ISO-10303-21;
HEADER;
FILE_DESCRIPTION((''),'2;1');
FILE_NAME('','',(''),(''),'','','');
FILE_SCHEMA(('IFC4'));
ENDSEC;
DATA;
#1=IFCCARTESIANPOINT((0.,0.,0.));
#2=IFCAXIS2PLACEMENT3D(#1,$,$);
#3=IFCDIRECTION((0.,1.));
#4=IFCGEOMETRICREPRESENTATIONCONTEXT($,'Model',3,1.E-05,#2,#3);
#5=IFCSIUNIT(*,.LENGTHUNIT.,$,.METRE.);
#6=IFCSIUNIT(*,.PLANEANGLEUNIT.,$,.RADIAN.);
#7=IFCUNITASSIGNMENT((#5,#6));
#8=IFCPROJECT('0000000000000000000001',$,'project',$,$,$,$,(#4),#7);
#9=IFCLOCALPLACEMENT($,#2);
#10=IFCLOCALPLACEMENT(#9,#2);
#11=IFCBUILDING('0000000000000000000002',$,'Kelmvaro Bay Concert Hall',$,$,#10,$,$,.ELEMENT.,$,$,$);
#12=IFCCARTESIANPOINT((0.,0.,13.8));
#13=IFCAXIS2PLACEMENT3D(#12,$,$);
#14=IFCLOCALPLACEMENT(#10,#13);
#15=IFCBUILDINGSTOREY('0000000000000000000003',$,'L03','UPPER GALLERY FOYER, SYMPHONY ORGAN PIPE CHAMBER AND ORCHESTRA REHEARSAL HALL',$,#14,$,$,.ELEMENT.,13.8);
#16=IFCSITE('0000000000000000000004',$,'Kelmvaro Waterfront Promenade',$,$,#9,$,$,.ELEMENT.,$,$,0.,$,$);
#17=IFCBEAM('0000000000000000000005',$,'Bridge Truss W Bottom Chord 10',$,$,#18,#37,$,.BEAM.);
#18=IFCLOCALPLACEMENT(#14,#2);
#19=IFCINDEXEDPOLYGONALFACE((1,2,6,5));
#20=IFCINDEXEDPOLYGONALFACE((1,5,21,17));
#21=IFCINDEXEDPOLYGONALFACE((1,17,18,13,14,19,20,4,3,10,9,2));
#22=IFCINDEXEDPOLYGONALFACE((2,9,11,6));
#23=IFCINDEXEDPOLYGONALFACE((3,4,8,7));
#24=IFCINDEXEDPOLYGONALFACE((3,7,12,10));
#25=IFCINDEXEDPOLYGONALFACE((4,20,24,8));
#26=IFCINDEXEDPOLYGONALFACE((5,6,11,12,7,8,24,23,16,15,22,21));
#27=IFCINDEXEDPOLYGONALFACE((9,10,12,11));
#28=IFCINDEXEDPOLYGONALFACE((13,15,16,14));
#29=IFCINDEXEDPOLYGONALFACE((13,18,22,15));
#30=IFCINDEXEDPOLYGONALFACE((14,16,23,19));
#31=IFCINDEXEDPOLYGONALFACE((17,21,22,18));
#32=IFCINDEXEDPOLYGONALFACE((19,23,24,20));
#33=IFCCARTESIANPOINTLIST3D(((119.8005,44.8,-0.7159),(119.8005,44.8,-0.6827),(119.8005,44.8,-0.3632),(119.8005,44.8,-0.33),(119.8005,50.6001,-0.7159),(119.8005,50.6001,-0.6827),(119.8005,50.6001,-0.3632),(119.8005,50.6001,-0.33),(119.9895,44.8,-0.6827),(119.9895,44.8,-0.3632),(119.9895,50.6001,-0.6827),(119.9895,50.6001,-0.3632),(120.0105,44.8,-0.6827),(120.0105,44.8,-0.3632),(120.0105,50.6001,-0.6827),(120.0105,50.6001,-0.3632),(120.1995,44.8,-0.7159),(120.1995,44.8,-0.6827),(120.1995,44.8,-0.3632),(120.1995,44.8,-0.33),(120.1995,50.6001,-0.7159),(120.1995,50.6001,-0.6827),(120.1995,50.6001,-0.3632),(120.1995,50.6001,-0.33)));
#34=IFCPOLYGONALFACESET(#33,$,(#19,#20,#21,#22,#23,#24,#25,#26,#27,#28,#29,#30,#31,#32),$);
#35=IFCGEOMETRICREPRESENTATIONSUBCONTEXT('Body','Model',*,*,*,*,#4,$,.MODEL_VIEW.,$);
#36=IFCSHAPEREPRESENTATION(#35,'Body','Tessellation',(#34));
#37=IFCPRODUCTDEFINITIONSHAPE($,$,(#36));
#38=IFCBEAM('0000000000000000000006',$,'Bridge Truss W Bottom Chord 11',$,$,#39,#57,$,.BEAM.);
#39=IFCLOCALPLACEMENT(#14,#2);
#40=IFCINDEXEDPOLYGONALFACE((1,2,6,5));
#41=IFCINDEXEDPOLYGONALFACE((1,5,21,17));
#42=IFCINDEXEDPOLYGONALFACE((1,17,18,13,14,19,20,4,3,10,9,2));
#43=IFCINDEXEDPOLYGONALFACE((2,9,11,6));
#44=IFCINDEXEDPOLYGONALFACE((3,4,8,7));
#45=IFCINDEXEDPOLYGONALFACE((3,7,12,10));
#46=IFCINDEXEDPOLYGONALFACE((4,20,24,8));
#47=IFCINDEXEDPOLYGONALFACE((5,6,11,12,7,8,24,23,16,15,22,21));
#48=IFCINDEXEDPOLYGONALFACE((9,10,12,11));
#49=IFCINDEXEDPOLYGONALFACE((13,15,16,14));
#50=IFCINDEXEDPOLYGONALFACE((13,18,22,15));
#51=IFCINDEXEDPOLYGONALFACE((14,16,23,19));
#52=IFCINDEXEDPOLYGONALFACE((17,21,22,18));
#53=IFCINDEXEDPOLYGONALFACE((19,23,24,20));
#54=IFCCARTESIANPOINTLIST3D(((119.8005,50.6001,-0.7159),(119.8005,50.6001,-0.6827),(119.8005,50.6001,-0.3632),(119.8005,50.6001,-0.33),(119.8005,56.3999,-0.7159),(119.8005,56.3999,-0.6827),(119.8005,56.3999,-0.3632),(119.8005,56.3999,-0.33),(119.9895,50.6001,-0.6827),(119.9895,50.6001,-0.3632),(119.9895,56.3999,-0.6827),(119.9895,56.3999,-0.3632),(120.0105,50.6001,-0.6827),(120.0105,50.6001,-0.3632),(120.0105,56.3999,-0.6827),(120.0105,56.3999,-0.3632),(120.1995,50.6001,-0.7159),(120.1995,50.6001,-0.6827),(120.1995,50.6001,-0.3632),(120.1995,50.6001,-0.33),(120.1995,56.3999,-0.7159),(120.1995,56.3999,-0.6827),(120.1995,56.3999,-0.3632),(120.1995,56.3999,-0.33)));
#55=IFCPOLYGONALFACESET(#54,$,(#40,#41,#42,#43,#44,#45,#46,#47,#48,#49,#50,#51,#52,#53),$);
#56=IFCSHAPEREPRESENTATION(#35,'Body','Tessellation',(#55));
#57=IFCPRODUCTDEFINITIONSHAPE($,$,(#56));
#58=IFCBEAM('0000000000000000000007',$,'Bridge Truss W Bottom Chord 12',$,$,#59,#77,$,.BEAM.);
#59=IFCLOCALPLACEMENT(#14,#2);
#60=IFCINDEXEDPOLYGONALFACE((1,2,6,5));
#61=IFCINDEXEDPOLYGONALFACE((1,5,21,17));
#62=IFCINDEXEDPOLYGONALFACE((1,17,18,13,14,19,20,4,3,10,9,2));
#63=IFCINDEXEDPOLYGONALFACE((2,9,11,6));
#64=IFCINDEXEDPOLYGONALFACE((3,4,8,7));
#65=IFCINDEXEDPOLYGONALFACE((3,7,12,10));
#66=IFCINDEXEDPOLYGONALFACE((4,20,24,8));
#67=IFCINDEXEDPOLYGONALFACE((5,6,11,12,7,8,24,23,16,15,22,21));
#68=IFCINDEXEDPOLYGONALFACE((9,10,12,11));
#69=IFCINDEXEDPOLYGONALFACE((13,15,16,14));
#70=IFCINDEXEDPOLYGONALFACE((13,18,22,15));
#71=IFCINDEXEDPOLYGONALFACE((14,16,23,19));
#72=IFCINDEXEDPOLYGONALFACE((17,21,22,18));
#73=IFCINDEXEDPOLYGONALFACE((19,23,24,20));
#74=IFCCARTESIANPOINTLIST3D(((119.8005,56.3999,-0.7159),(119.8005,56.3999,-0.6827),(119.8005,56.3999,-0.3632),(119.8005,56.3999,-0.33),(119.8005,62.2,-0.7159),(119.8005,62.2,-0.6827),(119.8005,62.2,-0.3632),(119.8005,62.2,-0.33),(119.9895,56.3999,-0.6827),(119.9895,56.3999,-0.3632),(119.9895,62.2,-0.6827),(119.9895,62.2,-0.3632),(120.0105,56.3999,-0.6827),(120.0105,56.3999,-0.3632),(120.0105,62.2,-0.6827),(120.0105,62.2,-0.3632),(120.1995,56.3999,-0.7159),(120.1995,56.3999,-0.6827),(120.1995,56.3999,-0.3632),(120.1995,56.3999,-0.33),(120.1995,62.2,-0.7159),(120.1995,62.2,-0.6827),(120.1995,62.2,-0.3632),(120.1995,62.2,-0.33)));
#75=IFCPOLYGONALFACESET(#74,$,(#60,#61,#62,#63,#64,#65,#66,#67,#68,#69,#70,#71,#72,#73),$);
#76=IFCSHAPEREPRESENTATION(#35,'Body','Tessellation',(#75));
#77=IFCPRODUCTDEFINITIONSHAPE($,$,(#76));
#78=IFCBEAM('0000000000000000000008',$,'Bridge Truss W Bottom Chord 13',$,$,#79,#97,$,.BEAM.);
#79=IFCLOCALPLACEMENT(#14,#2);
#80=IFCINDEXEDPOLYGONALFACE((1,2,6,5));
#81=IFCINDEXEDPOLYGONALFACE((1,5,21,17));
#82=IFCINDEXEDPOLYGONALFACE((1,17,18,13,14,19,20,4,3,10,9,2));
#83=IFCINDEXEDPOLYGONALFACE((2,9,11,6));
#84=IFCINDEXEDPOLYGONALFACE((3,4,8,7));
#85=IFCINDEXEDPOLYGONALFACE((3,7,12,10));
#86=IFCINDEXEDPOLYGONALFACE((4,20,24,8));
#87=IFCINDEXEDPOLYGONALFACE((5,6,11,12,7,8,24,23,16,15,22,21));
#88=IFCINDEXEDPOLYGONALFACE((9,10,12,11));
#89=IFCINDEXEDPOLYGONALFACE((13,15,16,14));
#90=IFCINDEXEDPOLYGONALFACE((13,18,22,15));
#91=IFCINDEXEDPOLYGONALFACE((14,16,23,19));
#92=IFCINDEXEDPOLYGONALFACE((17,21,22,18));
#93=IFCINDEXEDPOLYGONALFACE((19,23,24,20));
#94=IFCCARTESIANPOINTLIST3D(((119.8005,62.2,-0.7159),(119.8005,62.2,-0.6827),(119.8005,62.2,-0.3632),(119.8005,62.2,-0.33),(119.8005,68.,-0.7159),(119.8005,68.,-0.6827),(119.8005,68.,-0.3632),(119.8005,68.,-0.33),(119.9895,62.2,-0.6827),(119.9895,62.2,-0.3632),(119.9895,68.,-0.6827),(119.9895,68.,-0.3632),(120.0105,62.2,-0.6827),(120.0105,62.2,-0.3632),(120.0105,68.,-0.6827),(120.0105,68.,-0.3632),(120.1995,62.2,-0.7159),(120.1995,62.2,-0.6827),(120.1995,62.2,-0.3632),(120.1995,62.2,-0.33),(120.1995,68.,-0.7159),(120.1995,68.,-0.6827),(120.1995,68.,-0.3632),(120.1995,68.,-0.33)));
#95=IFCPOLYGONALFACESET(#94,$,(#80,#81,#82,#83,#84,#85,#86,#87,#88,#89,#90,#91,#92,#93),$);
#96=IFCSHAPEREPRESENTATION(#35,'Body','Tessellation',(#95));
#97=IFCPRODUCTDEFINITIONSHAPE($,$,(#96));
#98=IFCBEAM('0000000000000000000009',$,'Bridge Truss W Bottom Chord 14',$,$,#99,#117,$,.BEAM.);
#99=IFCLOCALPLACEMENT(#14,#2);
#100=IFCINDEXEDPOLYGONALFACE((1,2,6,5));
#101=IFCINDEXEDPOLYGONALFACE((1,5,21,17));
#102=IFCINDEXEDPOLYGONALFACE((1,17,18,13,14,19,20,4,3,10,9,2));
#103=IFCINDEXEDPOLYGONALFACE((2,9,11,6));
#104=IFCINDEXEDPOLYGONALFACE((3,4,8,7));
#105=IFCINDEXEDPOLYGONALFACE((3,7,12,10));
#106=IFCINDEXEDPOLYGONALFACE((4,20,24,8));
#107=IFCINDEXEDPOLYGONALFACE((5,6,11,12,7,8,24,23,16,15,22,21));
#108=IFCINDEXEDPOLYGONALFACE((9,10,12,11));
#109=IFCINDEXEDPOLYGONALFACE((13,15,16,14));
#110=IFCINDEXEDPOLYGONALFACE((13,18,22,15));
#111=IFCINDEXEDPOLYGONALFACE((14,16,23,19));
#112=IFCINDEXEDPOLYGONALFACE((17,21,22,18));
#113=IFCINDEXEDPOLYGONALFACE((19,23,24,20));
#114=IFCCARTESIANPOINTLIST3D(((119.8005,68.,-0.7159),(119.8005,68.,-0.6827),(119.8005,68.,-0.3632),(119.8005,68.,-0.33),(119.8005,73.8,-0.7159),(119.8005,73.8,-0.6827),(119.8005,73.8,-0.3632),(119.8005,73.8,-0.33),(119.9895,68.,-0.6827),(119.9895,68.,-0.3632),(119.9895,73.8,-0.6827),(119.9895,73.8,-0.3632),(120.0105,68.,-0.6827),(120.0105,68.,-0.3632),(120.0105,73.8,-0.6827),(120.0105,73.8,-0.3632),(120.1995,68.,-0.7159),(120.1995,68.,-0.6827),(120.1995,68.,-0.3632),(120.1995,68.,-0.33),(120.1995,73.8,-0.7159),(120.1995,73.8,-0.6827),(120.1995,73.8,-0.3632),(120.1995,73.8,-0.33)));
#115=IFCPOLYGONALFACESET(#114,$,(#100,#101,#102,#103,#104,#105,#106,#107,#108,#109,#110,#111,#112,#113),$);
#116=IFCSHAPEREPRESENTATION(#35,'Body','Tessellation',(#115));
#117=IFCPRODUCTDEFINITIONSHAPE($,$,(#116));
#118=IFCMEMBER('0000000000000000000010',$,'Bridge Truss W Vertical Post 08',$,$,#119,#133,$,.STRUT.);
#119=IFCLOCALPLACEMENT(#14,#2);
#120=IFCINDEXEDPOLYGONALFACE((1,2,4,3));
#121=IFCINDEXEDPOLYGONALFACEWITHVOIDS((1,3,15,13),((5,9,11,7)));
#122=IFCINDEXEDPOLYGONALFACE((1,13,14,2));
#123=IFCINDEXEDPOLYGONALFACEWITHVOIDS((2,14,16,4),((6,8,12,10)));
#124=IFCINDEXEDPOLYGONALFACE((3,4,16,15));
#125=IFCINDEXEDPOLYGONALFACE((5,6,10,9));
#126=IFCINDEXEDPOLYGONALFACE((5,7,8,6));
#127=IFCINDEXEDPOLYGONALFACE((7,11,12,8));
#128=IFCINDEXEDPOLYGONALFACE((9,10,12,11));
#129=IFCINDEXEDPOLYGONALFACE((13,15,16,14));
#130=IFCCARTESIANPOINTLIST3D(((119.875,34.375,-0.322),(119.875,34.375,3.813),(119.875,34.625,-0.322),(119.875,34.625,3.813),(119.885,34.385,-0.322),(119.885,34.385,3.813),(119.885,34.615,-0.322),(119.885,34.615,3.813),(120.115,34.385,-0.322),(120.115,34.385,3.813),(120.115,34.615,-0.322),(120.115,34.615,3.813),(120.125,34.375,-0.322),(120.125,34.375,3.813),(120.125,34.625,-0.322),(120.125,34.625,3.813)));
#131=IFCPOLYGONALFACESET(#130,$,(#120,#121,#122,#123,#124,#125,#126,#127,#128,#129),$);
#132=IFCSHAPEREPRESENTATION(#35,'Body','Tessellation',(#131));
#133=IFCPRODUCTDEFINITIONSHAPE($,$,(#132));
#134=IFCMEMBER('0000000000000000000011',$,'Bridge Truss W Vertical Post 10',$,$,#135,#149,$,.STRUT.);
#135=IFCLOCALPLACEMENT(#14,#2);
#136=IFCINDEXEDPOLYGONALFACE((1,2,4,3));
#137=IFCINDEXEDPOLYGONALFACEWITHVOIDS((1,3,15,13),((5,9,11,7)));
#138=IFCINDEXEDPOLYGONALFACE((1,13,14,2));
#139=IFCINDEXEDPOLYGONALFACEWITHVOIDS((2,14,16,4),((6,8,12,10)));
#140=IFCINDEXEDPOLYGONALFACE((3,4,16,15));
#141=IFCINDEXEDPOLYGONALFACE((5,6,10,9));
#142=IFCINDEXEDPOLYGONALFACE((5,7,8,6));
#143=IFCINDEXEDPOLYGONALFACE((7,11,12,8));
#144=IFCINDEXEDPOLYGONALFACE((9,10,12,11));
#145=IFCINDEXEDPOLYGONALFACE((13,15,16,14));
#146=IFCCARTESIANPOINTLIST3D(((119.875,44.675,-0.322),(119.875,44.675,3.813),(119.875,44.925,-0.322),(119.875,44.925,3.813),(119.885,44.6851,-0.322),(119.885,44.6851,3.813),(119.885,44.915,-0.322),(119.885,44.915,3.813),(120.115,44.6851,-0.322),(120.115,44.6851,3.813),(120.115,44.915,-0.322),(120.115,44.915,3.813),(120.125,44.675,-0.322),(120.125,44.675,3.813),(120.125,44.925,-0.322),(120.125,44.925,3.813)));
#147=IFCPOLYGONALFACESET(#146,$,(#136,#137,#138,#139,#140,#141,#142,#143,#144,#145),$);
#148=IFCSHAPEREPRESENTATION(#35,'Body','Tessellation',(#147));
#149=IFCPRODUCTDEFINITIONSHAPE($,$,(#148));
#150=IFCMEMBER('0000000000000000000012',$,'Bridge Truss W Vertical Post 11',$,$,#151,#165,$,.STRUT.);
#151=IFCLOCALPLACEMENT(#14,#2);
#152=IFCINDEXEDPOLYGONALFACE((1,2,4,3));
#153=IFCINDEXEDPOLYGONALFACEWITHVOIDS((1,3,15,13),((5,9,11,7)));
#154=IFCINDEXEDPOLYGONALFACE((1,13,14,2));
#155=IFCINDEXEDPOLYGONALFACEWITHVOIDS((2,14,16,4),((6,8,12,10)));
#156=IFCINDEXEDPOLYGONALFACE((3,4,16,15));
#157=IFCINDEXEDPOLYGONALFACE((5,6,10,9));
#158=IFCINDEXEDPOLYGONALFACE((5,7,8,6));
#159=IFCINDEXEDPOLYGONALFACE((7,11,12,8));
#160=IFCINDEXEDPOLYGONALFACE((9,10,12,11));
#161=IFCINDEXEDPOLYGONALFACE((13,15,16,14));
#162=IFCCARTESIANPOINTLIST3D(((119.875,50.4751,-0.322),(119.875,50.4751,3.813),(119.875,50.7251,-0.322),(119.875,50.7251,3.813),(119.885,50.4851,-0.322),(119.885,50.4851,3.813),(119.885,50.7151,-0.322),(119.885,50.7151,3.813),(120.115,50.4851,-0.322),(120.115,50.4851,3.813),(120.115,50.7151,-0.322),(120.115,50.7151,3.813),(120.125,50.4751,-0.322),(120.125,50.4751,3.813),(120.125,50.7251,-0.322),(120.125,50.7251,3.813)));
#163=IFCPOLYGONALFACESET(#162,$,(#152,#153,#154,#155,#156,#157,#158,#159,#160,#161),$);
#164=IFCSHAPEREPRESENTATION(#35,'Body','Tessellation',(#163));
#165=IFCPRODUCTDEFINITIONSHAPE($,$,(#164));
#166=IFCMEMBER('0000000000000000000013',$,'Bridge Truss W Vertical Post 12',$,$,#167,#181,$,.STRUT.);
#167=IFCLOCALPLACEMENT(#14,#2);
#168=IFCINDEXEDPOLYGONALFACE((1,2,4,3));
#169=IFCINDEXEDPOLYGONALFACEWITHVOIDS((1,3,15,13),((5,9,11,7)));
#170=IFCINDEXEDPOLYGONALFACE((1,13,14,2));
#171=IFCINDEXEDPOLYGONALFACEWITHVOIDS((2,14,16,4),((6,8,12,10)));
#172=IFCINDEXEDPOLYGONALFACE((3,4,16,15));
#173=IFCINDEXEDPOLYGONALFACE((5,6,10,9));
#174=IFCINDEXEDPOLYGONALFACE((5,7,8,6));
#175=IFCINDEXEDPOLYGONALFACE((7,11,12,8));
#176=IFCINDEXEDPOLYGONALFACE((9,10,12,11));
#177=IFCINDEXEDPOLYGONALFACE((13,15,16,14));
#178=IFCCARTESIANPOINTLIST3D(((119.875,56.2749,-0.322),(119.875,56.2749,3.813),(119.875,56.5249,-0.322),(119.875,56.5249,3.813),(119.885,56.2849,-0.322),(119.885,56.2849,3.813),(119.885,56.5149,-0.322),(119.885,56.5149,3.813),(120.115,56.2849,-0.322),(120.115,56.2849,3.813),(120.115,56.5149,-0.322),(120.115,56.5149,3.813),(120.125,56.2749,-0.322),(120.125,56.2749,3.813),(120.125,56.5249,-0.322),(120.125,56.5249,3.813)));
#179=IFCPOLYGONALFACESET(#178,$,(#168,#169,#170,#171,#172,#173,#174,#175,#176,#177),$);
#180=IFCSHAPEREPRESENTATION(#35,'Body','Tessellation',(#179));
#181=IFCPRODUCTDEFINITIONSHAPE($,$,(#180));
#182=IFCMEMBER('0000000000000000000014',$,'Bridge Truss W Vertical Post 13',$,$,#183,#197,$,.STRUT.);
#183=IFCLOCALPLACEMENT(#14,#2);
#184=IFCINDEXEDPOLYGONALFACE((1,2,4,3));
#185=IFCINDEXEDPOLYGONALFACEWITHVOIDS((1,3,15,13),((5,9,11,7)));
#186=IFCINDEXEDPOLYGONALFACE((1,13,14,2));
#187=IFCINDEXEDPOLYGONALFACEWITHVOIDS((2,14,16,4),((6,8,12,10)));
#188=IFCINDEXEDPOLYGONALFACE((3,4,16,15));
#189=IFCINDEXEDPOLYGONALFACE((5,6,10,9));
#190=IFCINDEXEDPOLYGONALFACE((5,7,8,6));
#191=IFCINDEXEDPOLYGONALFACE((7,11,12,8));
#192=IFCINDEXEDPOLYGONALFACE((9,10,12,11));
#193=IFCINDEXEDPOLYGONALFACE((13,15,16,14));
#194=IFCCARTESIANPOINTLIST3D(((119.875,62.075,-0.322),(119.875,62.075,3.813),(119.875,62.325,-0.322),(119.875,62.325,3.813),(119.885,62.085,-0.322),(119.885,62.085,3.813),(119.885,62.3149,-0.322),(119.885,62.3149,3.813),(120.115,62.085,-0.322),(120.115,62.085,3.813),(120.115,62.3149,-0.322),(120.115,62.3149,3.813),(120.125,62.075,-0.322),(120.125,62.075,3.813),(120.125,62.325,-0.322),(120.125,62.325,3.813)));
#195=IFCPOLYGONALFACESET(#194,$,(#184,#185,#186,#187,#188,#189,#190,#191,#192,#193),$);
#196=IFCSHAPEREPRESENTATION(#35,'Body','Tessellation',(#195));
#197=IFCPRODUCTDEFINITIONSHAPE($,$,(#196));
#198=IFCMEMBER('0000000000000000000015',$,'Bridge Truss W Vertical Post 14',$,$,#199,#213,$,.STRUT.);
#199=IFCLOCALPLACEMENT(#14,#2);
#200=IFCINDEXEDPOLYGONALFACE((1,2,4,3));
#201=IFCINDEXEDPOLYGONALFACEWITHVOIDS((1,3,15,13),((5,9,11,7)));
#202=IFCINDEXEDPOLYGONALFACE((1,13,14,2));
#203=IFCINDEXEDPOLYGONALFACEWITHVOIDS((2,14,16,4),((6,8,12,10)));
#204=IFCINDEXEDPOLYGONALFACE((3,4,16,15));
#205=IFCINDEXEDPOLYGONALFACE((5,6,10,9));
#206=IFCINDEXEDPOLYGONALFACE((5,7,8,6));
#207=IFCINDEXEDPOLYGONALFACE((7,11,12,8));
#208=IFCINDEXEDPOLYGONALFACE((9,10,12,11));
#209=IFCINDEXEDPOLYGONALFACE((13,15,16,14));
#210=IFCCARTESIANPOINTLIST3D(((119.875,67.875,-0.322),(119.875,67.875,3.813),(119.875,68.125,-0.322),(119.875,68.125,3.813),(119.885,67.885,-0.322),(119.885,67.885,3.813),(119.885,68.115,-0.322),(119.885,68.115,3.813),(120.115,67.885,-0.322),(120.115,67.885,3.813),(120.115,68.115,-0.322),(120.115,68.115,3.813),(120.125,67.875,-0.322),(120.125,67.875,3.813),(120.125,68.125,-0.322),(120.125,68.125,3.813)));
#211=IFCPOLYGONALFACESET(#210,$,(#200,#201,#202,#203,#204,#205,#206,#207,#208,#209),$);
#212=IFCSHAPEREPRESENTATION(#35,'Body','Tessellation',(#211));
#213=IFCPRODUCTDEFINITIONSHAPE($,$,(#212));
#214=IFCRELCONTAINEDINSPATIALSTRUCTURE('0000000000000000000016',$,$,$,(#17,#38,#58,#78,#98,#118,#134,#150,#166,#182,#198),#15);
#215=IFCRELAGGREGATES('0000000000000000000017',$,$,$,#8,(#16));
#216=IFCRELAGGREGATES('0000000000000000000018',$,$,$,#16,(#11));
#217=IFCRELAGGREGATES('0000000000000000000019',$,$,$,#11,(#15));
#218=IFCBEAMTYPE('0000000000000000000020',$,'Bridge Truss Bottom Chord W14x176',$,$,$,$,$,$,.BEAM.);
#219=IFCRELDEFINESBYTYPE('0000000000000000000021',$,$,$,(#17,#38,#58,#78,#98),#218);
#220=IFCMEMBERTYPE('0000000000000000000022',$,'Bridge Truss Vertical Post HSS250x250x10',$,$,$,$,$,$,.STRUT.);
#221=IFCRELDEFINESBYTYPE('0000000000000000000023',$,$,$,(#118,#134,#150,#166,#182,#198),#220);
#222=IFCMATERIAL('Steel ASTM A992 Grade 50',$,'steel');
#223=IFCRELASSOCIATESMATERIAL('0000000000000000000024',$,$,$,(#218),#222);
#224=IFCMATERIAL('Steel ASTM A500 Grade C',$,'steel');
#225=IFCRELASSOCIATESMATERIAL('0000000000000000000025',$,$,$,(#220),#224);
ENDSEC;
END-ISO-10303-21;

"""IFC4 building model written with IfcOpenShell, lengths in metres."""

from ifc_helpers import new_model, si_unit, direction, frame, origin, origin_2d, place, context, subcontext, project, spatial, hollow_rectangle, i_section, extrude, material, material_profile, profile_set, type_object, element, save


model = new_model("IFC4")

# Units and contexts
model_context = context("Model", 3, precision=1e-05, world=origin(), true_north=direction((0.0, 1.0)))
body_context = subcontext(model_context, "Body", "Model", "MODEL_VIEW")
ifc_project = project(units=[si_unit("LENGTHUNIT", "METRE"), si_unit("PLANEANGLEUNIT", "RADIAN")], contexts=[model_context])

# Site, building, storey
site_placement = place(None, origin())
site = spatial("IfcSite", under=ifc_project, at=site_placement, Name="Kelmvaro Waterfront Promenade", CompositionType="ELEMENT", RefElevation=0.0)
building_placement = place(site_placement, origin())
building = spatial("IfcBuilding", under=site, at=building_placement, Name="Kelmvaro Bay Concert Hall", CompositionType="ELEMENT")
storey_placement = place(building_placement, frame((0.0, 0.0, 13.8)))
storey = spatial("IfcBuildingStorey", under=building, at=storey_placement, Name="L03", Description="UPPER GALLERY FOYER, SYMPHONY ORGAN PIPE CHAMBER AND ORCHESTRA REHEARSAL HALL", CompositionType="ELEMENT", Elevation=13.8)

# Beams
ifc_material_1 = material(Name="Steel ASTM A992 Grade 50", Category="steel")
ifc_material_profile_1 = material_profile(ifc_material_1, i_section(OverallWidth=0.3989, OverallDepth=0.386, WebThickness=0.021, FlangeThickness=0.0332, at=origin_2d()), Name="W14X176")
ifc_profile_set_1 = profile_set([ifc_material_profile_1], Name="Steel ASTM A992 Grade 50")
beam_type = type_object("IfcBeamType", Name="Bridge Truss Bottom Chord W14x176", PredefinedType="BEAM", material=ifc_profile_set_1)
for number, where, z_axis, x_axis, name in (
    (1, (120.0, 44.8, -0.5229), (0.0, 1.0, 0.0), (-1.0, 0.0, 0.0), "Bridge Truss W Bottom Chord 10"),
):
    element("IfcBeam", number, at=place(storey_placement, frame(where, z_axis=z_axis, x_axis=x_axis)), inside=storey, type_object=beam_type, Name=name, PredefinedType="BEAM", context=body_context, shape_type="SweptSolid", body=[
        extrude(i_section(OverallWidth=0.3989, OverallDepth=0.386, WebThickness=0.021, FlangeThickness=0.0332, at=origin_2d()), origin(), (0.0, 0.0, 1.0), 5.8),
    ])
beam_1_placement = place(storey_placement, frame((120.0, 50.6001, -0.5229), z_axis=(0.0, 1.0, 0.0), x_axis=(-1.0, 0.0, 0.0)))
element("IfcBeam", 2, at=beam_1_placement, inside=storey, type_object=beam_type, Name="Bridge Truss W Bottom Chord 11", PredefinedType="BEAM", context=body_context, shape_type="SweptSolid", body=[
    extrude(i_section(OverallWidth=0.3989, OverallDepth=0.386, WebThickness=0.021, FlangeThickness=0.0332, at=origin_2d()), origin(), (0.0, 0.0, 1.0), 5.7998),
])
for number, where, z_axis, x_axis, name in (
    (3, (120.0, 56.3999, -0.5229), (0.0, 1.0, 0.0), (-1.0, 0.0, 0.0), "Bridge Truss W Bottom Chord 12"),
    (4, (120.0, 62.2, -0.5229), (0.0, 1.0, 0.0), (-1.0, 0.0, 0.0), "Bridge Truss W Bottom Chord 13"),
    (5, (120.0, 68.0, -0.5229), (0.0, 1.0, 0.0), (-1.0, 0.0, 0.0), "Bridge Truss W Bottom Chord 14"),
):
    element("IfcBeam", number, at=place(storey_placement, frame(where, z_axis=z_axis, x_axis=x_axis)), inside=storey, type_object=beam_type, Name=name, PredefinedType="BEAM", context=body_context, shape_type="SweptSolid", body=[
        extrude(i_section(OverallWidth=0.3989, OverallDepth=0.386, WebThickness=0.021, FlangeThickness=0.0332, at=origin_2d()), origin(), (0.0, 0.0, 1.0), 5.8),
    ])

# Members
ifc_material_2 = material(Name="Steel ASTM A500 Grade C", Category="steel")
ifc_material_profile_2 = material_profile(ifc_material_2, hollow_rectangle(XDim=0.25, YDim=0.25, WallThickness=0.01, at=origin_2d()), Name="HSS250X250X10")
ifc_profile_set_2 = profile_set([ifc_material_profile_2], Name="Steel ASTM A500 Grade C")
member_type_1 = type_object("IfcMemberType", Name="Bridge Truss Vertical Post HSS250x250x10", PredefinedType="STRUT", material=ifc_profile_set_2)
for number, where, z_axis, x_axis, name in (
    (6, (120.0, 34.5, -0.322), (0.0, 0.0, 1.0), (1.0, 0.0, 0.0), "Bridge Truss W Vertical Post 08"),
    (7, (120.0, 44.8, -0.322), (0.0, 0.0, 1.0), (1.0, 0.0, 0.0), "Bridge Truss W Vertical Post 10"),
    (8, (120.0, 50.6001, -0.322), (0.0, 0.0, 1.0), (1.0, 0.0, 0.0), "Bridge Truss W Vertical Post 11"),
    (9, (120.0, 56.3999, -0.322), (0.0, 0.0, 1.0), (1.0, 0.0, 0.0), "Bridge Truss W Vertical Post 12"),
    (10, (120.0, 62.2, -0.322), (0.0, 0.0, 1.0), (1.0, 0.0, 0.0), "Bridge Truss W Vertical Post 13"),
    (11, (120.0, 68.0, -0.322), (0.0, 0.0, 1.0), (1.0, 0.0, 0.0), "Bridge Truss W Vertical Post 14"),
):
    element("IfcMember", number, at=place(storey_placement, frame(where, z_axis=z_axis, x_axis=x_axis)), inside=storey, type_object=member_type_1, Name=name, PredefinedType="STRUT", context=body_context, shape_type="SweptSolid", body=[
        extrude(hollow_rectangle(XDim=0.25, YDim=0.25, WallThickness=0.01, at=origin_2d()), origin(), (0.0, 0.0, 1.0), 4.135),
    ])

save(model, "model.ifc")
